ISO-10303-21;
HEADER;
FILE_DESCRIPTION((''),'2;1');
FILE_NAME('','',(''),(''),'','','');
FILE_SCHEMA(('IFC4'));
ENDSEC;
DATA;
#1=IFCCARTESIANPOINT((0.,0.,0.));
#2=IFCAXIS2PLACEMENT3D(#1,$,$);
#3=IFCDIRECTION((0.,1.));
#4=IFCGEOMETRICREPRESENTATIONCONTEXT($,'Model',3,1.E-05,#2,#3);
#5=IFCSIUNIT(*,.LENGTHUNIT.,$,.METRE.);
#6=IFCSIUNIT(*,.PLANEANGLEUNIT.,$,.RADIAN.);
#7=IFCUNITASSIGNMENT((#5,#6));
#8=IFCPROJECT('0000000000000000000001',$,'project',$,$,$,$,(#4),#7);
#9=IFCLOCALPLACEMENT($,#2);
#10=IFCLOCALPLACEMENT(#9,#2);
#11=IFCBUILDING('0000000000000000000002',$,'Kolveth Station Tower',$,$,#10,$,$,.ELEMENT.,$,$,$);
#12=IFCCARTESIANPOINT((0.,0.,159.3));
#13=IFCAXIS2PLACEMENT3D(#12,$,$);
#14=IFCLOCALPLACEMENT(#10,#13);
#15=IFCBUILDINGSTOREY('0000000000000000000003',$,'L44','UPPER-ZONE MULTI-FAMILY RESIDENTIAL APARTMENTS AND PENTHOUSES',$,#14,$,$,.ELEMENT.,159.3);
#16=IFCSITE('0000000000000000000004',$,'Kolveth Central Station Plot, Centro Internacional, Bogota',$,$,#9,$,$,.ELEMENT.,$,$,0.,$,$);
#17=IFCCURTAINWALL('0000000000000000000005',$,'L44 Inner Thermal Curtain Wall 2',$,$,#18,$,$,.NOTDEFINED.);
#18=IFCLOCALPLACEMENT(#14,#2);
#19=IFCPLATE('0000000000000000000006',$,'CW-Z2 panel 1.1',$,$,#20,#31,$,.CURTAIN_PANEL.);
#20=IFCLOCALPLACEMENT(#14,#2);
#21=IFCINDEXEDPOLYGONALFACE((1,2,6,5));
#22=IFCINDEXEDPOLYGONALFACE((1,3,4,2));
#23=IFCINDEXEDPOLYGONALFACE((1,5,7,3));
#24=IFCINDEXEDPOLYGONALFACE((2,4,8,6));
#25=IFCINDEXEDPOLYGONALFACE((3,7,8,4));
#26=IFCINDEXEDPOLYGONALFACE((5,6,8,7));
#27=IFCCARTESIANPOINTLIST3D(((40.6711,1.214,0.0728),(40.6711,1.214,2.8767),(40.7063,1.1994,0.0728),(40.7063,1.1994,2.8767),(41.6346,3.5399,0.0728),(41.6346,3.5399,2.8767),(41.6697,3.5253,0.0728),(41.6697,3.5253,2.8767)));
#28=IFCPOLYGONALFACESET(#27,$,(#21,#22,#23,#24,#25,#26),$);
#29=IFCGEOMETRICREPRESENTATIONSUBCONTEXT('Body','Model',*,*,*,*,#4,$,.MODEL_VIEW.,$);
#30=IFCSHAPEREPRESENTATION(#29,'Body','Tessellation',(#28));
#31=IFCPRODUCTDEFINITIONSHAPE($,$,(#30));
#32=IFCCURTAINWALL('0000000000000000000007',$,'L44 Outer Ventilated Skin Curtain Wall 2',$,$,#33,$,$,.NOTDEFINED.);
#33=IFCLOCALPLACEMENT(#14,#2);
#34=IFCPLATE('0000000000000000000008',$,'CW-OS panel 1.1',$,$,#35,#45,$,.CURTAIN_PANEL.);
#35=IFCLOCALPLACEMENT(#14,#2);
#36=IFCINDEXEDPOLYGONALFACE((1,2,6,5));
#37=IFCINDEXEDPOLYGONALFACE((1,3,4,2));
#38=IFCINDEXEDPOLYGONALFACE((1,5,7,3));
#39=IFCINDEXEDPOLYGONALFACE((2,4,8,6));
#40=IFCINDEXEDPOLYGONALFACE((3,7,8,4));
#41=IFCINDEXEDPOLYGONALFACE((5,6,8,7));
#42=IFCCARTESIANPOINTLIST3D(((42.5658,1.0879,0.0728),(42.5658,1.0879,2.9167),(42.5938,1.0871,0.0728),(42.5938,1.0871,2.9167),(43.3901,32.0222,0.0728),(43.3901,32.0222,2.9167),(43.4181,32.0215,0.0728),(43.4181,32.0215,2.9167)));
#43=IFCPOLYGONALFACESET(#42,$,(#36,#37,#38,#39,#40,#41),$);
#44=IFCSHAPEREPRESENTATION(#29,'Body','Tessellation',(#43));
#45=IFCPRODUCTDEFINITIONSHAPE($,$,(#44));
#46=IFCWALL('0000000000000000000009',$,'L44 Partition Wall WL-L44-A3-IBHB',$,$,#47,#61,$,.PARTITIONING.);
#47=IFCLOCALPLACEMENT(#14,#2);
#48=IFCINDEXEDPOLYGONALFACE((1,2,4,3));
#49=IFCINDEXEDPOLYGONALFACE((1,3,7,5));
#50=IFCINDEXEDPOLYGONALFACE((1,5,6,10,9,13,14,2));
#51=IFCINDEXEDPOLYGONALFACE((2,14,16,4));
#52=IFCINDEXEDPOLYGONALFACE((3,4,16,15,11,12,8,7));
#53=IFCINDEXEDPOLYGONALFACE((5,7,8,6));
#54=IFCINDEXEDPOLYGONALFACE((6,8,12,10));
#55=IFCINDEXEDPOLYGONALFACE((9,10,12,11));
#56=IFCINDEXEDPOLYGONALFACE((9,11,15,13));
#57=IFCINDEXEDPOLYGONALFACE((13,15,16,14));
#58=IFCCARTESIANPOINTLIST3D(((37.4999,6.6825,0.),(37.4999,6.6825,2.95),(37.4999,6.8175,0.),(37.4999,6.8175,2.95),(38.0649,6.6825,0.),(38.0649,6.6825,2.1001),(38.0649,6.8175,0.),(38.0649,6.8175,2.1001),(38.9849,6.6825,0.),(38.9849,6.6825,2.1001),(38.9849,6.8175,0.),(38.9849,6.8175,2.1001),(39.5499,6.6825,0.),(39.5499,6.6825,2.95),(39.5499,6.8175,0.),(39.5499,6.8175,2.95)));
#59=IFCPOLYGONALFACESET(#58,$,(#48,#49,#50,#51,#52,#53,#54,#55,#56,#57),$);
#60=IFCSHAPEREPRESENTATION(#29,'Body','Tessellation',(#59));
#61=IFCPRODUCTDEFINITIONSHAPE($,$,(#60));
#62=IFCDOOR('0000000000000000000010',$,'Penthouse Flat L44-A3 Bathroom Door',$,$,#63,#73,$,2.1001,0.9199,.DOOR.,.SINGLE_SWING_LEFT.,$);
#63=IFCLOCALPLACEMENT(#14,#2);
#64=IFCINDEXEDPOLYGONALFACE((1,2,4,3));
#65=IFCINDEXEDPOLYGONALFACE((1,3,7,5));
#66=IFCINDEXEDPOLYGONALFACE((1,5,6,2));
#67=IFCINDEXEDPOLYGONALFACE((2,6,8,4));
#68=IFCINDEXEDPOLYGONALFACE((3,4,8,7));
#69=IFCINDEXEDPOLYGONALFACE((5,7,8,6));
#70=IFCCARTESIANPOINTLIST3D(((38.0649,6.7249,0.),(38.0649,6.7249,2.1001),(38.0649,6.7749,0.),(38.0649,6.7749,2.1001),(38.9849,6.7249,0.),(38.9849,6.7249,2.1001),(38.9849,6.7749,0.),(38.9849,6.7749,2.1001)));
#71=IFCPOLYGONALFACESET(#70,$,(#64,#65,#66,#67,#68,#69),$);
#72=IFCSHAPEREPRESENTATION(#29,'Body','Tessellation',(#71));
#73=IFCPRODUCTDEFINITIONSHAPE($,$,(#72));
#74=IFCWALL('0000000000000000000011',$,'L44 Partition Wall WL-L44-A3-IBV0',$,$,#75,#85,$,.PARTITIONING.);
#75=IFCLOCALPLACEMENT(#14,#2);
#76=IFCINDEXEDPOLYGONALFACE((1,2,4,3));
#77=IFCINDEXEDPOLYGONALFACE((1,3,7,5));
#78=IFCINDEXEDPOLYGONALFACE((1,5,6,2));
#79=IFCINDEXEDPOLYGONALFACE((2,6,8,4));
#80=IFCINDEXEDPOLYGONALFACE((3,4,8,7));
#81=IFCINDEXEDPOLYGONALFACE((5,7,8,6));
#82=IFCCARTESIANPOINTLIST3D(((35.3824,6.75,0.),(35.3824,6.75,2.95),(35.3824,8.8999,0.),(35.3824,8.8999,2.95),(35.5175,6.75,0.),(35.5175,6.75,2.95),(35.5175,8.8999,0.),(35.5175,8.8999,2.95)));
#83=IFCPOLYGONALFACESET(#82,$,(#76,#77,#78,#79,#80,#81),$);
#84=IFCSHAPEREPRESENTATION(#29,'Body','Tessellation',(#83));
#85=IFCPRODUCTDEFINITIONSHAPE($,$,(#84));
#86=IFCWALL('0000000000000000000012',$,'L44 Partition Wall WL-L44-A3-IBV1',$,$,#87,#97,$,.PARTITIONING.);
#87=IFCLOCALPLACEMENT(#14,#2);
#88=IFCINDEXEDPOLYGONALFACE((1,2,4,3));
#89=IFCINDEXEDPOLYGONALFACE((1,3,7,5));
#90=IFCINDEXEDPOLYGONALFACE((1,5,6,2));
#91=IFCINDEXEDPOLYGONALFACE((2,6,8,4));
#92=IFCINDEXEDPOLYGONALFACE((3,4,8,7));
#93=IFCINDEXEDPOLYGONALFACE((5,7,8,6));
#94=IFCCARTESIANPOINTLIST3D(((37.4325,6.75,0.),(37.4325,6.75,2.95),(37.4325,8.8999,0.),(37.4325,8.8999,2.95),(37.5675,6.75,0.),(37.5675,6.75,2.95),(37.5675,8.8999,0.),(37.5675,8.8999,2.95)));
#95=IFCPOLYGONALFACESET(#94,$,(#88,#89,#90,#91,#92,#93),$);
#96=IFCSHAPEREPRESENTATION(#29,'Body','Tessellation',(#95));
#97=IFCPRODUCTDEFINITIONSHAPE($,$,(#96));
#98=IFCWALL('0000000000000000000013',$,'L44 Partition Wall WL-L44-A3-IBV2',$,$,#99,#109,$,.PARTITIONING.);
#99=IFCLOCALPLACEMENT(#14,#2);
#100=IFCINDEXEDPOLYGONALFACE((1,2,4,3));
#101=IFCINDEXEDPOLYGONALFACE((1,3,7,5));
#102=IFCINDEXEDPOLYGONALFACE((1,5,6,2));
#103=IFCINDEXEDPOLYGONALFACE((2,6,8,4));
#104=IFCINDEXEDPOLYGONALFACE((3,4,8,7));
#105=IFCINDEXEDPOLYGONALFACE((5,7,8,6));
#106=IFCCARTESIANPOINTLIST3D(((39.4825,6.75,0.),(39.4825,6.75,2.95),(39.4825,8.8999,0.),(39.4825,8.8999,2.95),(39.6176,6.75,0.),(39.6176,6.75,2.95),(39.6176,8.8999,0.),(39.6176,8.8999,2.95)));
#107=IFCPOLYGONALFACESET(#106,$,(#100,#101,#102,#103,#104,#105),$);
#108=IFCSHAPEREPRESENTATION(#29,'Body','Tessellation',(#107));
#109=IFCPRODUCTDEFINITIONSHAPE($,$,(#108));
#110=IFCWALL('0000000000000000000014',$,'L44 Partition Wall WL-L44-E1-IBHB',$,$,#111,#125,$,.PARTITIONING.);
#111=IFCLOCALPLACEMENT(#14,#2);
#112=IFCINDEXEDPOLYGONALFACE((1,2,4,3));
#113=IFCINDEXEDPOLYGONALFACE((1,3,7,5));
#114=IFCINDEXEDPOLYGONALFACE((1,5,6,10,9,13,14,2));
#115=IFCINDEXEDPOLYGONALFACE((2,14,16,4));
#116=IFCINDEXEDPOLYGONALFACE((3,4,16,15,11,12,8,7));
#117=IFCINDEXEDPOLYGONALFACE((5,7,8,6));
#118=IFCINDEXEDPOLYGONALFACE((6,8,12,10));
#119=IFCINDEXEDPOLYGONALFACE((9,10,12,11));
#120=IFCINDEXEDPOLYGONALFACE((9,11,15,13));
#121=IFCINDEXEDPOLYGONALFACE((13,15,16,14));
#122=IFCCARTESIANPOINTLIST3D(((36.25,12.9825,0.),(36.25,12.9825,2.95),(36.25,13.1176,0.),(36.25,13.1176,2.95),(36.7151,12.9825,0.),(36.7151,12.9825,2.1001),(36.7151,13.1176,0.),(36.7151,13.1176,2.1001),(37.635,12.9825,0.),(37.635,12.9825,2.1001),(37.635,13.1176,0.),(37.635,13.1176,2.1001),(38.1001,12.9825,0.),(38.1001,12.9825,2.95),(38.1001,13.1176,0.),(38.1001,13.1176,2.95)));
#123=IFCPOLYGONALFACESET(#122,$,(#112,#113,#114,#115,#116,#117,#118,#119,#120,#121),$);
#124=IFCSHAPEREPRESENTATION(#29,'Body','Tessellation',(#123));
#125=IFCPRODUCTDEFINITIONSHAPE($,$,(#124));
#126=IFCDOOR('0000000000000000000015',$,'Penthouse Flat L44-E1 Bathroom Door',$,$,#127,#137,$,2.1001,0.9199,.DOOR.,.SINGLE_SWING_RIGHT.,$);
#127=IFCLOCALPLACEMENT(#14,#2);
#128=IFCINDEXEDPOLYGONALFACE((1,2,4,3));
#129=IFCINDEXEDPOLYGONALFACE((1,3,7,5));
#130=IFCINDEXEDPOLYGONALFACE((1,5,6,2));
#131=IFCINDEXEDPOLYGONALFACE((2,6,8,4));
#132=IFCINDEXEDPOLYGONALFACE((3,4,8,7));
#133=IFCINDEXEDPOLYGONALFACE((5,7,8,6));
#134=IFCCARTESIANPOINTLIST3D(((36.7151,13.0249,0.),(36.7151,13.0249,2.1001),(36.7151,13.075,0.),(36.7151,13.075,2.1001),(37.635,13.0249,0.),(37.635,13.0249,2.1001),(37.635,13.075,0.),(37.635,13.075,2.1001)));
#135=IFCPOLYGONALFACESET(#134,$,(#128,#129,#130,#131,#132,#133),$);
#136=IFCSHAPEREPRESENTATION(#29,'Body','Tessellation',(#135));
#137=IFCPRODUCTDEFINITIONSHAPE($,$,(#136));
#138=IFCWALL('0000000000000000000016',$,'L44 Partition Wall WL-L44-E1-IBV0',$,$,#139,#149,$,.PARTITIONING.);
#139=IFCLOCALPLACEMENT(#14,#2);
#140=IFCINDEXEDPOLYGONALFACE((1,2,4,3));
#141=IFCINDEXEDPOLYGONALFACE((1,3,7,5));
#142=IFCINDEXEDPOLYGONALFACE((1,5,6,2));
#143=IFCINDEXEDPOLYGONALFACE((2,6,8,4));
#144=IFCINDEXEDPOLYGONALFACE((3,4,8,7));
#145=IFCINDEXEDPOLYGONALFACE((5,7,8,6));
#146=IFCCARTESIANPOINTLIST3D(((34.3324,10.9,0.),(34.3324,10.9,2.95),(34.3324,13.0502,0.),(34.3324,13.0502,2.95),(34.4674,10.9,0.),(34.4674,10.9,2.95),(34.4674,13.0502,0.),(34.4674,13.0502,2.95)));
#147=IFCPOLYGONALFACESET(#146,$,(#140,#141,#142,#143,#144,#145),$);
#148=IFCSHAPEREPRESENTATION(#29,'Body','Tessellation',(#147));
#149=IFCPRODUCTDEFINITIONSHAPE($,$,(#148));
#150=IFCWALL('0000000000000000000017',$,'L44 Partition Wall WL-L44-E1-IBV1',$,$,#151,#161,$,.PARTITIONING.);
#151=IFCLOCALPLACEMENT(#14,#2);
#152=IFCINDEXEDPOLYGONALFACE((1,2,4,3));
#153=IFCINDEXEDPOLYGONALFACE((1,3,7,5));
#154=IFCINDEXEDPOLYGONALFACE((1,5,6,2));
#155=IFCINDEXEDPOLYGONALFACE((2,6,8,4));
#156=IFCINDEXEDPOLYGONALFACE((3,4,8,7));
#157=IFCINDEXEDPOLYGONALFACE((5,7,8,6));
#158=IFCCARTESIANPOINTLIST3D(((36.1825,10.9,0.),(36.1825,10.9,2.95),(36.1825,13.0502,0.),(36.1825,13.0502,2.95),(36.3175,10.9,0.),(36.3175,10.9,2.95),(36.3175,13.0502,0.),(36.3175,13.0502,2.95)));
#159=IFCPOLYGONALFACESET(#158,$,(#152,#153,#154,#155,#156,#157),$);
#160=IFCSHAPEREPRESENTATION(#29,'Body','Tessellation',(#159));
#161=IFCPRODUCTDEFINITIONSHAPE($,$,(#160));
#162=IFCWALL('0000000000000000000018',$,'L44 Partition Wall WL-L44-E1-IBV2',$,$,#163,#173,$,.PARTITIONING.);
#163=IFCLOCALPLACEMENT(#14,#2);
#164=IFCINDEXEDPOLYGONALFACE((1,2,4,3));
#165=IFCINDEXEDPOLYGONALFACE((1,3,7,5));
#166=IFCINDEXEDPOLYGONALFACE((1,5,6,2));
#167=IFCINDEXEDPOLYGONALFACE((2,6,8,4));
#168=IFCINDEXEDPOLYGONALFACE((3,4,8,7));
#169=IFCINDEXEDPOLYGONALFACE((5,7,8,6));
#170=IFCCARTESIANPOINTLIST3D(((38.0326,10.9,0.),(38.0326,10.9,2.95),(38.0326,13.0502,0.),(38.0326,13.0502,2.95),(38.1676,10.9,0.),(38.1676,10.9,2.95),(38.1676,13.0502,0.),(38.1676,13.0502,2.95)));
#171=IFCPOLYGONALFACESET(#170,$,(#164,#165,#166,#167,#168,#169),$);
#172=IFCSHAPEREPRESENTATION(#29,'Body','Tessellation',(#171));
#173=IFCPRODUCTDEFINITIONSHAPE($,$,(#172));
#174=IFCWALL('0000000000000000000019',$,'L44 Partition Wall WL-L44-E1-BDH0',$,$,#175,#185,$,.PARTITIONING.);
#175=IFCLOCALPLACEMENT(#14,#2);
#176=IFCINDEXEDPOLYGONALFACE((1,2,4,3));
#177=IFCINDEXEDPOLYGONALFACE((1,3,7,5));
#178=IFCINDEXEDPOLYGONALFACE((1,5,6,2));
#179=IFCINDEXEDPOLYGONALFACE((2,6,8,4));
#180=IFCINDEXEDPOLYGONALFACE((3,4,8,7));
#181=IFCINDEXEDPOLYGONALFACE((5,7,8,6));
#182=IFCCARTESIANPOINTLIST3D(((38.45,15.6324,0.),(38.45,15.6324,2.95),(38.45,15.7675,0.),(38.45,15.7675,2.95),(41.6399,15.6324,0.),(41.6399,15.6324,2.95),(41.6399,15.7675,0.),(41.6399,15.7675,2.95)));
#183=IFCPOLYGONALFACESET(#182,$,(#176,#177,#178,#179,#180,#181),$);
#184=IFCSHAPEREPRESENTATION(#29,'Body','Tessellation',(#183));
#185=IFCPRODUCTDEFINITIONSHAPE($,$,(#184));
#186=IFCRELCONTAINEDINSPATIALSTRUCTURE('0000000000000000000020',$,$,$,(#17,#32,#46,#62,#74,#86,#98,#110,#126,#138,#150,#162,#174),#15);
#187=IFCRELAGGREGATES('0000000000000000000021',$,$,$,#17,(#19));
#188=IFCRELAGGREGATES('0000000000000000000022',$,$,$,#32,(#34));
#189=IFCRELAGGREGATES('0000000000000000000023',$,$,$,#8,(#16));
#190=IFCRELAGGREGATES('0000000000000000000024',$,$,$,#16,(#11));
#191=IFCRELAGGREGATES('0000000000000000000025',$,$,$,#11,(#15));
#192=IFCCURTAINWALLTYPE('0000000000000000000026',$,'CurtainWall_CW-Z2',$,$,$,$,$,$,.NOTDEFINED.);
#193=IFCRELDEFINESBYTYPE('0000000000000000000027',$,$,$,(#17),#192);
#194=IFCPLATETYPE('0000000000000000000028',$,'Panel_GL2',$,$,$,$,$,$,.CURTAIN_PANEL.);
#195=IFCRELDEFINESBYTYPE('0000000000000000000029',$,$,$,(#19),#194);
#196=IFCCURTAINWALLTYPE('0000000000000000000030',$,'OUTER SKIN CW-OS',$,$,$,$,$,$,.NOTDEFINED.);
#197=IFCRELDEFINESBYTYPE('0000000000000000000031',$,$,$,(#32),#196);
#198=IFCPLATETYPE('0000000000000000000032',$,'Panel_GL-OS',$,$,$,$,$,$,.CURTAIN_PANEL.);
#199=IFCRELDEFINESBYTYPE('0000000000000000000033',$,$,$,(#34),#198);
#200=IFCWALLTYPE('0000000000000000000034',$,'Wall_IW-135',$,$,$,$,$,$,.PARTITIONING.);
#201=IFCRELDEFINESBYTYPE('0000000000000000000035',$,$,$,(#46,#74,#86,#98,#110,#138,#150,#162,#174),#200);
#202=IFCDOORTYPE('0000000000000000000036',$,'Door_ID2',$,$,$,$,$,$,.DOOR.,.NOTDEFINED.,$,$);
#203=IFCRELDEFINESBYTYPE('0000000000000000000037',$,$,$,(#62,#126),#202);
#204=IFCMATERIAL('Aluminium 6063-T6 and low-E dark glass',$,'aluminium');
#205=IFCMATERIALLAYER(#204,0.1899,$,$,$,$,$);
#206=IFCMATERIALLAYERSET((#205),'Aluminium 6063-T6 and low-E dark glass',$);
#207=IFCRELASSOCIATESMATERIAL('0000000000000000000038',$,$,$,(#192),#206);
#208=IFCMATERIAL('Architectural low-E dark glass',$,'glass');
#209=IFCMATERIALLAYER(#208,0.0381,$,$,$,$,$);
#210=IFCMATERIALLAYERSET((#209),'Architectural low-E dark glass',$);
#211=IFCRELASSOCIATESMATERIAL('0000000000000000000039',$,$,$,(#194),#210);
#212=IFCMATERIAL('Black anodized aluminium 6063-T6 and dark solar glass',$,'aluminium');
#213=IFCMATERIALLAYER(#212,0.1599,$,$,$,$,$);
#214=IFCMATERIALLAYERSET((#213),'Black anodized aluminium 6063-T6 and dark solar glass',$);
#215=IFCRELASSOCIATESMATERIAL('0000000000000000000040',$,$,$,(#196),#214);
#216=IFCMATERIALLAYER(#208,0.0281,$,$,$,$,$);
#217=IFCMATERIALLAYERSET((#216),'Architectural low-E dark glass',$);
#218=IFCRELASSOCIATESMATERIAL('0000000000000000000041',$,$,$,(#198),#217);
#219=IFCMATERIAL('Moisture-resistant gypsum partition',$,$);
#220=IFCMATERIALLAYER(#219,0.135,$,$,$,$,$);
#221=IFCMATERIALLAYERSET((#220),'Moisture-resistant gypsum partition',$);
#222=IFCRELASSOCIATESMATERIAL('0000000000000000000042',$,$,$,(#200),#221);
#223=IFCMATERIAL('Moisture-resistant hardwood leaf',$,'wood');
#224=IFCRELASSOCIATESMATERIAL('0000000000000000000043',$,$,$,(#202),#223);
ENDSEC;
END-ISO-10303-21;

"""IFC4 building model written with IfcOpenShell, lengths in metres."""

from ifc_helpers import new_model, si_unit, direction, frame, frame_2d, origin, origin_2d, place, context, subcontext, project, spatial, rectangle, extrude, source, transform, mapped, material, layer, layer_set, type_object, element, fill, aggregate, save


model = new_model("IFC4")

# Units and contexts
model_context = context("Model", 3, precision=1e-05, world=origin(), true_north=direction((0.0, 1.0)))
body_context = subcontext(model_context, "Body", "Model", "MODEL_VIEW")
ifc_project = project(units=[si_unit("LENGTHUNIT", "METRE"), si_unit("PLANEANGLEUNIT", "RADIAN")], contexts=[model_context])

# Site, building, storey
site_placement = place(None, origin())
site = spatial("IfcSite", under=ifc_project, at=site_placement, Name="Kolveth Central Station Plot, Centro Internacional, Bogota", CompositionType="ELEMENT", RefElevation=0.0)
building_placement = place(site_placement, origin())
building = spatial("IfcBuilding", under=site, at=building_placement, Name="Kolveth Station Tower", CompositionType="ELEMENT")
storey_placement = place(building_placement, frame((0.0, 0.0, 159.3)))
storey = spatial("IfcBuildingStorey", under=building, at=storey_placement, Name="L44", Description="UPPER-ZONE MULTI-FAMILY RESIDENTIAL APARTMENTS AND PENTHOUSES", CompositionType="ELEMENT", Elevation=159.3)

# Curtain wall
ifc_material_1 = material(Name="Aluminium 6063-T6 and low-E dark glass", Category="aluminium")
ifc_layer_1 = layer(ifc_material_1, 0.1899)
ifc_layer_set_1 = layer_set([ifc_layer_1], Name="Aluminium 6063-T6 and low-E dark glass")
curtain_wall_type_1 = type_object("IfcCurtainWallType", Name="CurtainWall_CW-Z2", PredefinedType="NOTDEFINED", material=ifc_layer_set_1)
curtain_wall_1_placement = place(storey_placement, origin())
curtain_wall_1 = element("IfcCurtainWall", 1, at=curtain_wall_1_placement, inside=storey, type_object=curtain_wall_type_1, Name="L44 Inner Thermal Curtain Wall 2", PredefinedType="NOTDEFINED")

# Plate
ifc_material_2 = material(Name="Architectural low-E dark glass", Category="glass")
ifc_layer_2 = layer(ifc_material_2, 0.0381)
ifc_layer_set_2 = layer_set([ifc_layer_2], Name="Architectural low-E dark glass")
plate_type_1 = type_object("IfcPlateType", Name="Panel_GL2", PredefinedType="CURTAIN_PANEL", material=ifc_layer_set_2)
shared_shape_1 = source(origin(), body_context, "Body", "SweptSolid", [
    extrude(rectangle(XDim=2.5176, YDim=0.0381, at=origin_2d()), origin(), (0.0, 0.0, 1.0), 2.804),
])
plate_1_placement = place(storey_placement, frame((41.1704, 2.3696, 0.0728), z_axis=(0.0, 0.0, 1.0), x_axis=(0.382698, 0.923874, 0.0)))
plate_1 = element("IfcPlate", 2, at=plate_1_placement, type_object=plate_type_1, Name="CW-Z2 panel 1.1", PredefinedType="CURTAIN_PANEL", context=body_context, shape_type="MappedRepresentation", body=[
    mapped(shared_shape_1, transform((0.0, 0.0, 0.0), x_axis=(1.0, 0.0, 0.0), y_axis=(0.0, 1.0, 0.0), z_axis=(0.0, 0.0, 1.0), scale=1.0)),
])
aggregate(curtain_wall_1, [plate_1])

# Curtain wall, plate
ifc_material_3 = material(Name="Black anodized aluminium 6063-T6 and dark solar glass", Category="aluminium")
ifc_layer_3 = layer(ifc_material_3, 0.1599)
ifc_layer_set_3 = layer_set([ifc_layer_3], Name="Black anodized aluminium 6063-T6 and dark solar glass")
curtain_wall_type_2 = type_object("IfcCurtainWallType", Name="OUTER SKIN CW-OS", PredefinedType="NOTDEFINED", material=ifc_layer_set_3)
curtain_wall_2_placement = place(storey_placement, origin())
curtain_wall_2 = element("IfcCurtainWall", 3, at=curtain_wall_2_placement, inside=storey, type_object=curtain_wall_type_2, Name="L44 Outer Ventilated Skin Curtain Wall 2", PredefinedType="NOTDEFINED")
ifc_layer_4 = layer(ifc_material_2, 0.0281)
ifc_layer_set_4 = layer_set([ifc_layer_4], Name="Architectural low-E dark glass")
plate_type_2 = type_object("IfcPlateType", Name="Panel_GL-OS", PredefinedType="CURTAIN_PANEL", material=ifc_layer_set_4)
shared_shape_2 = source(origin(), body_context, "Body", "SweptSolid", [
    extrude(rectangle(XDim=30.9453, YDim=0.0281, at=origin_2d()), origin(), (0.0, 0.0, 1.0), 2.844),
])
plate_2_placement = place(storey_placement, frame((42.9919, 16.5547, 0.0728), z_axis=(0.0, 0.0, 1.0), x_axis=(0.026637, 0.999645, 0.0)))
plate_2 = element("IfcPlate", 4, at=plate_2_placement, type_object=plate_type_2, Name="CW-OS panel 1.1", PredefinedType="CURTAIN_PANEL", context=body_context, shape_type="MappedRepresentation", body=[
    mapped(shared_shape_2, transform((0.0, 0.0, 0.0), x_axis=(1.0, 0.0, 0.0), y_axis=(0.0, 1.0, 0.0), z_axis=(0.0, 0.0, 1.0), scale=1.0)),
])
aggregate(curtain_wall_2, [plate_2])

# Wall, opening, door
ifc_material_4 = material(Name="Moisture-resistant gypsum partition")
ifc_layer_5 = layer(ifc_material_4, 0.135)
ifc_layer_set_5 = layer_set([ifc_layer_5], Name="Moisture-resistant gypsum partition")
wall_type_1 = type_object("IfcWallType", Name="Wall_IW-135", PredefinedType="PARTITIONING", material=ifc_layer_set_5)
wall_1_placement = place(storey_placement, frame((37.5, 6.75, 0.0), z_axis=(0.0, 0.0, 1.0), x_axis=(1.0, 0.0, 0.0)))
wall_1 = element("IfcWall", 5, at=wall_1_placement, inside=storey, type_object=wall_type_1, Name="L44 Partition Wall WL-L44-A3-IBHB", PredefinedType="PARTITIONING", context=body_context, shape_type="SweptSolid", body=[
    extrude(rectangle(XDim=2.05, YDim=0.135, at=frame_2d((1.0249, 0.0))), origin(), (0.0, 0.0, 1.0), 2.95),
])
opening_1_placement = place(wall_1_placement, frame((0.5649, 0.0, 0.0)))
opening_1 = element("IfcOpeningElement", 6, at=opening_1_placement, cuts=wall_1, PredefinedType="OPENING", context=body_context, shape_type="SweptSolid", body=[
    extrude(rectangle(XDim=0.9199, YDim=2.1001, at=frame_2d((0.46, 1.05))), frame((0.0, 0.0774, 0.0), z_axis=(0.0, -1.0, 0.0), x_axis=(1.0, 0.0, 0.0)), (0.0, 0.0, 1.0), 0.155),
])
ifc_material_5 = material(Name="Moisture-resistant hardwood leaf", Category="wood")
door_type_1 = type_object("IfcDoorType", Name="Door_ID2", OperationType="NOTDEFINED", PredefinedType="DOOR", material=ifc_material_5)
door_1_placement = place(opening_1_placement, origin())
door_1 = element("IfcDoor", 7, at=door_1_placement, inside=storey, type_object=door_type_1, Name="Penthouse Flat L44-A3 Bathroom Door", OperationType="SINGLE_SWING_LEFT", OverallHeight=2.1001, OverallWidth=0.9199, PredefinedType="DOOR", context=body_context, shape_type="SweptSolid", body=[
    extrude(rectangle(XDim=0.9199, YDim=2.1001, at=frame_2d((0.46, 1.05))), frame((0.0, 0.0249, 0.0), z_axis=(0.0, -1.0, 0.0), x_axis=(1.0, 0.0, 0.0)), (0.0, 0.0, 1.0), 0.05),
])
fill(opening_1, door_1)

# Walls
for number, where, z_axis, x_axis, name in (
    (8, (35.45, 6.75, 0.0), (0.0, 0.0, 1.0), (0.0, 1.0, 0.0), "L44 Partition Wall WL-L44-A3-IBV0"),
    (9, (37.5, 6.75, 0.0), (0.0, 0.0, 1.0), (0.0, 1.0, 0.0), "L44 Partition Wall WL-L44-A3-IBV1"),
    (10, (39.55, 6.75, 0.0), (0.0, 0.0, 1.0), (0.0, 1.0, 0.0), "L44 Partition Wall WL-L44-A3-IBV2"),
):
    element("IfcWall", number, at=place(storey_placement, frame(where, z_axis=z_axis, x_axis=x_axis)), inside=storey, type_object=wall_type_1, Name=name, PredefinedType="PARTITIONING", context=body_context, shape_type="SweptSolid", body=[
        extrude(rectangle(XDim=2.1499, YDim=0.135, at=frame_2d((1.075, 0.0))), origin(), (0.0, 0.0, 1.0), 2.95),
    ])

# Wall, opening, door
wall_2_placement = place(storey_placement, frame((36.25, 13.05, 0.0), z_axis=(0.0, 0.0, 1.0), x_axis=(1.0, 0.0, 0.0)))
wall_2 = element("IfcWall", 11, at=wall_2_placement, inside=storey, type_object=wall_type_1, Name="L44 Partition Wall WL-L44-E1-IBHB", PredefinedType="PARTITIONING", context=body_context, shape_type="SweptSolid", body=[
    extrude(rectangle(XDim=1.8501, YDim=0.135, at=frame_2d((0.925, 0.0))), origin(), (0.0, 0.0, 1.0), 2.95),
])
opening_2_placement = place(wall_2_placement, frame((0.4651, 0.0, 0.0)))
opening_2 = element("IfcOpeningElement", 12, at=opening_2_placement, cuts=wall_2, PredefinedType="OPENING", context=body_context, shape_type="SweptSolid", body=[
    extrude(rectangle(XDim=0.9199, YDim=2.1001, at=frame_2d((0.46, 1.05))), frame((0.0, 0.0774, 0.0), z_axis=(0.0, -1.0, 0.0), x_axis=(1.0, 0.0, 0.0)), (0.0, 0.0, 1.0), 0.155),
])
door_2_placement = place(opening_2_placement, origin())
door_2 = element("IfcDoor", 13, at=door_2_placement, inside=storey, type_object=door_type_1, Name="Penthouse Flat L44-E1 Bathroom Door", OperationType="SINGLE_SWING_RIGHT", OverallHeight=2.1001, OverallWidth=0.9199, PredefinedType="DOOR", context=body_context, shape_type="SweptSolid", body=[
    extrude(rectangle(XDim=0.9199, YDim=2.1001, at=frame_2d((0.46, 1.05))), frame((0.0, 0.0249, 0.0), z_axis=(0.0, -1.0, 0.0), x_axis=(1.0, 0.0, 0.0)), (0.0, 0.0, 1.0), 0.05),
])
fill(opening_2, door_2)

# Walls
for number, where, z_axis, x_axis, name in (
    (14, (34.3999, 10.8999, 0.0), (0.0, 0.0, 1.0), (0.0, 1.0, 0.0), "L44 Partition Wall WL-L44-E1-IBV0"),
    (15, (36.25, 10.8999, 0.0), (0.0, 0.0, 1.0), (0.0, 1.0, 0.0), "L44 Partition Wall WL-L44-E1-IBV1"),
    (16, (38.1001, 10.8999, 0.0), (0.0, 0.0, 1.0), (0.0, 1.0, 0.0), "L44 Partition Wall WL-L44-E1-IBV2"),
):
    element("IfcWall", number, at=place(storey_placement, frame(where, z_axis=z_axis, x_axis=x_axis)), inside=storey, type_object=wall_type_1, Name=name, PredefinedType="PARTITIONING", context=body_context, shape_type="SweptSolid", body=[
        extrude(rectangle(XDim=2.1501, YDim=0.135, at=frame_2d((1.0752, 0.0))), origin(), (0.0, 0.0, 1.0), 2.95),
    ])
wall_3_placement = place(storey_placement, frame((38.45, 15.7, 0.0), z_axis=(0.0, 0.0, 1.0), x_axis=(1.0, 0.0, 0.0)))
element("IfcWall", 17, at=wall_3_placement, inside=storey, type_object=wall_type_1, Name="L44 Partition Wall WL-L44-E1-BDH0", PredefinedType="PARTITIONING", context=body_context, shape_type="SweptSolid", body=[
    extrude(rectangle(XDim=3.1899, YDim=0.135, at=frame_2d((1.595, 0.0))), origin(), (0.0, 0.0, 1.0), 2.95),
])

save(model, "model.ifc")
